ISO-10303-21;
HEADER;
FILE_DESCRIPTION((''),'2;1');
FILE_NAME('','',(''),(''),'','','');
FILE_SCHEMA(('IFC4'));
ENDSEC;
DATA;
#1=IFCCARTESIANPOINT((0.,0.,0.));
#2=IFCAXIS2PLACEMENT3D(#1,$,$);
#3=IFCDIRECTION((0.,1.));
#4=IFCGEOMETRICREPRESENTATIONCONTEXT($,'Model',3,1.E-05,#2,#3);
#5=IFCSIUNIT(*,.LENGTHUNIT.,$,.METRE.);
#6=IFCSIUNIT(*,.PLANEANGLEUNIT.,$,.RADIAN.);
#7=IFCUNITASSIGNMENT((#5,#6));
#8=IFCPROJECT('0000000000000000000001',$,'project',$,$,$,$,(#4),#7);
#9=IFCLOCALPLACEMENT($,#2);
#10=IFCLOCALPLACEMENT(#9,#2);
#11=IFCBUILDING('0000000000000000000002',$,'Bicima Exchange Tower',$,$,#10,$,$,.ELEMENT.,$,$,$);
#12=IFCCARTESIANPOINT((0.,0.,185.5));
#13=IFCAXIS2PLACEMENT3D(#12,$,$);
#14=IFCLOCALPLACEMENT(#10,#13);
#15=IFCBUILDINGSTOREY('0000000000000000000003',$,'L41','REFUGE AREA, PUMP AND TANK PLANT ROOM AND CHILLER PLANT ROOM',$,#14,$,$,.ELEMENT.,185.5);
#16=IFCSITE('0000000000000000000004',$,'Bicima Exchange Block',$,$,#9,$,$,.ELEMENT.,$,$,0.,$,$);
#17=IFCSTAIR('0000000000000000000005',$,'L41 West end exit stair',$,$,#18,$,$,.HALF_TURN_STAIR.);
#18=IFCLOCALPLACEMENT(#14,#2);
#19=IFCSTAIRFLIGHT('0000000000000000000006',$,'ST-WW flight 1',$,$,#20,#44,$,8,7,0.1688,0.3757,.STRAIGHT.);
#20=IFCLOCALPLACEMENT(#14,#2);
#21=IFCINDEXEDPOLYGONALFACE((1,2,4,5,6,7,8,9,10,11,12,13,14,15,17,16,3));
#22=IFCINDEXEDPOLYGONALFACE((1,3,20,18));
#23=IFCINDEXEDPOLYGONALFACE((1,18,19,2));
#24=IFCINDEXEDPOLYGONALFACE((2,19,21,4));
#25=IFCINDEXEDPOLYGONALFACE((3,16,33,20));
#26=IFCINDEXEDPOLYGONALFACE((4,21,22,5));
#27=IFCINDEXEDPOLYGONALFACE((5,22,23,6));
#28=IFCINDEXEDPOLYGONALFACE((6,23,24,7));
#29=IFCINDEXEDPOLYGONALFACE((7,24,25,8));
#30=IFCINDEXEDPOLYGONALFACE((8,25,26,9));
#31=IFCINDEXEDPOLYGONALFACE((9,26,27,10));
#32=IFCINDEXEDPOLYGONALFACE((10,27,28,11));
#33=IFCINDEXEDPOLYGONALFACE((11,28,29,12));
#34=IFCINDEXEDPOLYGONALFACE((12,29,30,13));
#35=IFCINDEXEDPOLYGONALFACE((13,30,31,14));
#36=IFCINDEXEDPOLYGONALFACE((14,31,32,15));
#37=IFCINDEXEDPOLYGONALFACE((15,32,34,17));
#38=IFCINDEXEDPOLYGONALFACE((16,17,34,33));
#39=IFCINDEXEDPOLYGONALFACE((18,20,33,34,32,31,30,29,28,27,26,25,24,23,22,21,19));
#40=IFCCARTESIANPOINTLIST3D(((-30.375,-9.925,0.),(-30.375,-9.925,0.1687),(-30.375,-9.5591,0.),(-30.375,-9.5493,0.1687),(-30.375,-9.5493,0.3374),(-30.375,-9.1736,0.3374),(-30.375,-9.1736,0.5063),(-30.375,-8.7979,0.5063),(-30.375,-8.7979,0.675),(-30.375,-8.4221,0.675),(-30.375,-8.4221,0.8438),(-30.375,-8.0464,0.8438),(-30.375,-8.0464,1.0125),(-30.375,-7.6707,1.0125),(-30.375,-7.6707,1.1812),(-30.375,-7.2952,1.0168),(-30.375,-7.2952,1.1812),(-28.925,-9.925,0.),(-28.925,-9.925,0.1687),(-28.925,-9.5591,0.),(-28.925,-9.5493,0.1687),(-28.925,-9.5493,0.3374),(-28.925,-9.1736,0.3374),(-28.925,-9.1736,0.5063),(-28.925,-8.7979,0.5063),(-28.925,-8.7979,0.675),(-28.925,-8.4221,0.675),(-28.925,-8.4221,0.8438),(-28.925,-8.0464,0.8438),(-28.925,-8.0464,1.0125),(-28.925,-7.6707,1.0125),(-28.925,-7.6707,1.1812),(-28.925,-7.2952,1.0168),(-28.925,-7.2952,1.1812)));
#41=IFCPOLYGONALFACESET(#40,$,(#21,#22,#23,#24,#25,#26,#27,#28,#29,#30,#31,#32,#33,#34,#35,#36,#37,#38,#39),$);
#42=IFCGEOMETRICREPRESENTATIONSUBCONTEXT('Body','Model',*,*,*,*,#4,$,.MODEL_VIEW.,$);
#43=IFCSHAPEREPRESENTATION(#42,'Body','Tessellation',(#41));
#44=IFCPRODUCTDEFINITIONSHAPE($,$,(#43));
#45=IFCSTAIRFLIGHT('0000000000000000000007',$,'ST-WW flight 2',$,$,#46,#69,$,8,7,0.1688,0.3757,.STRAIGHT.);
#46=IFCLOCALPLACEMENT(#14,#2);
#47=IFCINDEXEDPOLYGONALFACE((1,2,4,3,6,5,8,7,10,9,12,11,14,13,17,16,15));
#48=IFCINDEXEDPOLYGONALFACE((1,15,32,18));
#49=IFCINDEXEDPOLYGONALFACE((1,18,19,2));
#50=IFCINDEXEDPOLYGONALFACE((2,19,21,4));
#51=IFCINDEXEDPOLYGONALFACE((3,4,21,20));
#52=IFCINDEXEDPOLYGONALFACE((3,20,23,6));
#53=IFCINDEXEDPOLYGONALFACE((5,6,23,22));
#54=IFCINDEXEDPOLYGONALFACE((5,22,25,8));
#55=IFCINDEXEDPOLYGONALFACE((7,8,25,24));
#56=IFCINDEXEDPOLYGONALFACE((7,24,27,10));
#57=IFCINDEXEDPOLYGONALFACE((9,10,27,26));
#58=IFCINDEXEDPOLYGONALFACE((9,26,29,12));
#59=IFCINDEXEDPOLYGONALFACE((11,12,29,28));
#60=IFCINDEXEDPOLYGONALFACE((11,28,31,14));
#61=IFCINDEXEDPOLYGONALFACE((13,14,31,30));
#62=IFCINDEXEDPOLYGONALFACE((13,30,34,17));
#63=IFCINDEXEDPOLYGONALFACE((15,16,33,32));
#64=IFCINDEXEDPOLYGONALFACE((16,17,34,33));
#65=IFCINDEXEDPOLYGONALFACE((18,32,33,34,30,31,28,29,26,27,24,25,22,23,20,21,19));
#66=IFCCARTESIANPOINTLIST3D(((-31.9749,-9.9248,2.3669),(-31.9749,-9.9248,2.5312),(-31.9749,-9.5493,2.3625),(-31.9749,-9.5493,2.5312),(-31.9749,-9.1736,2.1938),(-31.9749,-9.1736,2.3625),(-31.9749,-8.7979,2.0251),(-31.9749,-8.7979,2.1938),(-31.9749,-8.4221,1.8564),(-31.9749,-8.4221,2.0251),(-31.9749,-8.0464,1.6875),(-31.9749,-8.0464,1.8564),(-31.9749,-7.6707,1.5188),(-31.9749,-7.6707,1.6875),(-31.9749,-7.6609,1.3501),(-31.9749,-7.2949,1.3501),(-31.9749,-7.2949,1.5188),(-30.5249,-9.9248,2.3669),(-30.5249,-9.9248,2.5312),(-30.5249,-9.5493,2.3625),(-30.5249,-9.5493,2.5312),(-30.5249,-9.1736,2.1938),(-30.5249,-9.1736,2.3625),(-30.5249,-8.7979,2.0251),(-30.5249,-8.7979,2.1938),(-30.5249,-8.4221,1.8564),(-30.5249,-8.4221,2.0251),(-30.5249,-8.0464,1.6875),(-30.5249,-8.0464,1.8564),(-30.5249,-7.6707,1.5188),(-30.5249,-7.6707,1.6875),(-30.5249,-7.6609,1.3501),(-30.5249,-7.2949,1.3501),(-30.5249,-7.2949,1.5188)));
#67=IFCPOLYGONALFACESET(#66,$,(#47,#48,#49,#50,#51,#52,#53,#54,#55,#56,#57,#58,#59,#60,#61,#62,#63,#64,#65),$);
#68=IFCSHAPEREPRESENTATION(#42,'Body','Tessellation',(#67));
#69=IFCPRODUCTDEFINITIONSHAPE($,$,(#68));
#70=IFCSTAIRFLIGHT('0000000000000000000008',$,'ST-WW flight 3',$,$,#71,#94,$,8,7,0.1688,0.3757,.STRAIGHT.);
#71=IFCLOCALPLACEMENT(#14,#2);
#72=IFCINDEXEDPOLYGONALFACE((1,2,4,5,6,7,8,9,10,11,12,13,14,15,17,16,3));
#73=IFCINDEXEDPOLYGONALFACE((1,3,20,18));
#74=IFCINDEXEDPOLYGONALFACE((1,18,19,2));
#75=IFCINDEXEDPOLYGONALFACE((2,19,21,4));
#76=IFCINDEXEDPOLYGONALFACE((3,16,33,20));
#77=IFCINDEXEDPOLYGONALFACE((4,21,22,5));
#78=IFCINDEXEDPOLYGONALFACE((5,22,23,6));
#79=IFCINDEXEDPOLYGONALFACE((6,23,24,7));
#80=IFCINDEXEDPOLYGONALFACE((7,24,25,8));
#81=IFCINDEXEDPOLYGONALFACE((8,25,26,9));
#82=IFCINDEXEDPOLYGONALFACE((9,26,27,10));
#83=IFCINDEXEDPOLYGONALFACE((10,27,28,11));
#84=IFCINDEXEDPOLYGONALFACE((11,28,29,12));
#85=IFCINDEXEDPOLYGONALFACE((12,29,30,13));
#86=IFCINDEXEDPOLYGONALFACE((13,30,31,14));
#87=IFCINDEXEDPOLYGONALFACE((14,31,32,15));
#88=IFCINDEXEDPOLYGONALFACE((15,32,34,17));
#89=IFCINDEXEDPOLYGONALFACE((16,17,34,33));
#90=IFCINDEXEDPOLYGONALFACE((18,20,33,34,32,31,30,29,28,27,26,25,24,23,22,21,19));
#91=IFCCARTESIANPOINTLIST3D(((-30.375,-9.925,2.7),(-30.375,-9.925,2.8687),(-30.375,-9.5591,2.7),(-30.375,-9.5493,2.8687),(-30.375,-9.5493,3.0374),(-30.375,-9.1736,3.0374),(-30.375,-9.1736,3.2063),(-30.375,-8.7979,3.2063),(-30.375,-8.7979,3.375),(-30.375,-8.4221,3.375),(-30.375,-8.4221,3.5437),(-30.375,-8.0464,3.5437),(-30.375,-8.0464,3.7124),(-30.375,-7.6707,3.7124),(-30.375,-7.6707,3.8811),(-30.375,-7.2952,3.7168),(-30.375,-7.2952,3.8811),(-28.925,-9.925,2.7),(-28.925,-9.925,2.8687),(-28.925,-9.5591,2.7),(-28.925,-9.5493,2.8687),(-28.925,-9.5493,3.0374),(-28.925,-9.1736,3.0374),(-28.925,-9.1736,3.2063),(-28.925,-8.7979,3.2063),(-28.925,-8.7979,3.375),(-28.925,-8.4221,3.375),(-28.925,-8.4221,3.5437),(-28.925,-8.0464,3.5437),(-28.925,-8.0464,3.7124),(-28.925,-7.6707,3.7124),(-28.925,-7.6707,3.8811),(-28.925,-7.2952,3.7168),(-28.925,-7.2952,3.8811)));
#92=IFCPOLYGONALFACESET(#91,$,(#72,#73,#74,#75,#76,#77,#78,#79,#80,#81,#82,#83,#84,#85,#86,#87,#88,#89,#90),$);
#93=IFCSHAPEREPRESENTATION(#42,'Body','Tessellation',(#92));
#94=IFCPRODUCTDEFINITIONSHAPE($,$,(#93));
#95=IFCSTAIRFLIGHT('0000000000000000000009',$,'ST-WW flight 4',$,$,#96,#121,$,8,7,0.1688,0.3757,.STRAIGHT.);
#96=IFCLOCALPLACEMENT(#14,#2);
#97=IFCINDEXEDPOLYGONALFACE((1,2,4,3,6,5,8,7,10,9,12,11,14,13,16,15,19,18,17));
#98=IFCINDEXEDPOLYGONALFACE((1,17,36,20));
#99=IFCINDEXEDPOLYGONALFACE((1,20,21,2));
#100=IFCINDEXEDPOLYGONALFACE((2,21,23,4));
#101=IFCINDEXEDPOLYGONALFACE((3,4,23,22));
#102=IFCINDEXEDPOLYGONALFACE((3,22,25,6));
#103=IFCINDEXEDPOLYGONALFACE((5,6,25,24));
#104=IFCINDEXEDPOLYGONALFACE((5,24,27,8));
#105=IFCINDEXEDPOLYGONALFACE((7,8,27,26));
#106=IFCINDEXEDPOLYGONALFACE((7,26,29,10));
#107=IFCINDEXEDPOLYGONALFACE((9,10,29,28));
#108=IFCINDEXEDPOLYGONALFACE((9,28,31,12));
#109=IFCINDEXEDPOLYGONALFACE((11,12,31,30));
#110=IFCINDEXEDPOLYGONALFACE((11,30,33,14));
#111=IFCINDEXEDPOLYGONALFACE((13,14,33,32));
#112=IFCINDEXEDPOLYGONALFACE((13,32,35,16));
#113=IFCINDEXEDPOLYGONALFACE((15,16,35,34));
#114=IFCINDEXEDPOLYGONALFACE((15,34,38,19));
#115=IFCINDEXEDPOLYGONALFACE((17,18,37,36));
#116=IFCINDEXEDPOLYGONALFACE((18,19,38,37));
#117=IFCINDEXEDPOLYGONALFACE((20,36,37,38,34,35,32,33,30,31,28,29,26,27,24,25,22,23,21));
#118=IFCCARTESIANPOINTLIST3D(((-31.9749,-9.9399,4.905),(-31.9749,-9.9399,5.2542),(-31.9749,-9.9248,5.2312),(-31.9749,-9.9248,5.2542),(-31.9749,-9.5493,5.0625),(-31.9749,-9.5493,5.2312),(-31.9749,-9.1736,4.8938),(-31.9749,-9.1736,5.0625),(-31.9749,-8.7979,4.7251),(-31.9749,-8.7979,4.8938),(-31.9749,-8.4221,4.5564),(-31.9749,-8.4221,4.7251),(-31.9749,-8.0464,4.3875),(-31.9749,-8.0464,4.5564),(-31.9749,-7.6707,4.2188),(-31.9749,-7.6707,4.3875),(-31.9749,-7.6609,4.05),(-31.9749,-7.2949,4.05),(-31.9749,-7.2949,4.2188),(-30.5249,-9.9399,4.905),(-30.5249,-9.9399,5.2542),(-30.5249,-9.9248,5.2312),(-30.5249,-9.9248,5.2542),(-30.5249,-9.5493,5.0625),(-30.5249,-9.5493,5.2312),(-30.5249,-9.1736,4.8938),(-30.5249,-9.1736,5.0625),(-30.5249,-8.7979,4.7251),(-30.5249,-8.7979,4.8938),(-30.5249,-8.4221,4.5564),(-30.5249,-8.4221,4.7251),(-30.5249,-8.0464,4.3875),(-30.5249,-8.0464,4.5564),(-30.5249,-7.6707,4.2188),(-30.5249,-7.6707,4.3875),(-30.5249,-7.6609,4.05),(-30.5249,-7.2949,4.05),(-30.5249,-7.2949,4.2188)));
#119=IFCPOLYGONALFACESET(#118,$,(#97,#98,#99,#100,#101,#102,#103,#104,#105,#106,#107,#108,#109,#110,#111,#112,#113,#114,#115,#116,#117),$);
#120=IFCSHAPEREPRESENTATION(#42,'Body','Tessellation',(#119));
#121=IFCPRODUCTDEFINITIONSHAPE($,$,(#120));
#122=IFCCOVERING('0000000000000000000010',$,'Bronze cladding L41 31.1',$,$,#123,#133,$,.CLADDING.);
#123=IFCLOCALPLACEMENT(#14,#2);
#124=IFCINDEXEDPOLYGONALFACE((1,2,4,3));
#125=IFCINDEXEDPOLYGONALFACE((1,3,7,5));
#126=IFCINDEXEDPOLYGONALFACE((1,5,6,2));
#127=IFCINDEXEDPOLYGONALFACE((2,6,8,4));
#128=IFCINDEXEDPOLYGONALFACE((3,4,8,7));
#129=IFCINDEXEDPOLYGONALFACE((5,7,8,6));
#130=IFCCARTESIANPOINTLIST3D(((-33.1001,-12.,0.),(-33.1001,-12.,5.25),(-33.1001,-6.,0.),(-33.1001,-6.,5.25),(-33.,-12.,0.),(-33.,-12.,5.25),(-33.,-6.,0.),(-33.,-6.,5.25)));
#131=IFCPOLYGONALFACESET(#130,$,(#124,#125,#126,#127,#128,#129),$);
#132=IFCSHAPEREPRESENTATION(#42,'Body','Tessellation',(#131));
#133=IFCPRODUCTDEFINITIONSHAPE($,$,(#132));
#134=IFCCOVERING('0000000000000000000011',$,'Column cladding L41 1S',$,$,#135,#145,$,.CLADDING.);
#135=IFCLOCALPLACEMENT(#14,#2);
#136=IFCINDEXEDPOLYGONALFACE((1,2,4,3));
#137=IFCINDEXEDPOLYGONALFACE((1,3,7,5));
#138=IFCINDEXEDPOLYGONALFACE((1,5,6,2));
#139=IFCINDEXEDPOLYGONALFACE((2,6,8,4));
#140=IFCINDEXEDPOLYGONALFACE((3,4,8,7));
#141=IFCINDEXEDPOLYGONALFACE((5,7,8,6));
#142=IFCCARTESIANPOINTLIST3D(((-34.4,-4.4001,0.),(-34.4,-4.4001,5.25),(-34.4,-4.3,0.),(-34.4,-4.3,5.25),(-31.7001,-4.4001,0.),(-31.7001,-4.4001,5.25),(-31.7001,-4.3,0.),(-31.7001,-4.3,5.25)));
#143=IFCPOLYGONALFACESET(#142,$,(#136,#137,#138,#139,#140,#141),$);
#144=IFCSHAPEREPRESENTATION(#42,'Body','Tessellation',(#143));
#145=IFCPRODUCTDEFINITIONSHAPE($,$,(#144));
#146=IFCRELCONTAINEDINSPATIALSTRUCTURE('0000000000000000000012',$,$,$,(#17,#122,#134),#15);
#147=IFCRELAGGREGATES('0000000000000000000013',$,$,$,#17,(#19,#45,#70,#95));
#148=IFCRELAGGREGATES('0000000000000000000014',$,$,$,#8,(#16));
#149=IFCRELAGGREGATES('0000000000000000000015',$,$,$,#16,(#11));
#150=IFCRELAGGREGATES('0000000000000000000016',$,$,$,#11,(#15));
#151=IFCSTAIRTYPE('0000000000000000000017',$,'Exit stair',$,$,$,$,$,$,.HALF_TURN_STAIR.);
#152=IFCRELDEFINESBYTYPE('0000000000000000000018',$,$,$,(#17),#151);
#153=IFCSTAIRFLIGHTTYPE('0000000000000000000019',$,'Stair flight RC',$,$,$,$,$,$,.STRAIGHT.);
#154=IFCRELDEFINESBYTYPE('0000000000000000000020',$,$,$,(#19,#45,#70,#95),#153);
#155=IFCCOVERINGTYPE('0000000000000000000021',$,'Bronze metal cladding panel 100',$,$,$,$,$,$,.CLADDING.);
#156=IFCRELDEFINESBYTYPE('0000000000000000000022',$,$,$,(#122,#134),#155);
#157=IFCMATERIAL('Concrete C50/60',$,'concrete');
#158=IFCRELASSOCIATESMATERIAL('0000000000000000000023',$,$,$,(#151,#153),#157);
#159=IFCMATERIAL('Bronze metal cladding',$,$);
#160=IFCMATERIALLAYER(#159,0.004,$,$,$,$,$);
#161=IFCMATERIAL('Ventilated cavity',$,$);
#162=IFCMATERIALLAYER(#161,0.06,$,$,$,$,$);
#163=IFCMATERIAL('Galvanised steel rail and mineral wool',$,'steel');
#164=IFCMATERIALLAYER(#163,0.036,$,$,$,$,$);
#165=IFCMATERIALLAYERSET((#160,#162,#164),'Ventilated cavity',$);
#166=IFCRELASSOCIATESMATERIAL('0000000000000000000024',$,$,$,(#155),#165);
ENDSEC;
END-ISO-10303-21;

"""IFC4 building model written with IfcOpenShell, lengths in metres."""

from ifc_helpers import new_model, si_unit, direction, frame, origin, origin_2d, place, context, subcontext, project, spatial, polyline, rectangle, outline, extrude, material, layer, layer_set, type_object, element, aggregate, save


model = new_model("IFC4")

# Units and contexts
model_context = context("Model", 3, precision=1e-05, world=origin(), true_north=direction((0.0, 1.0)))
body_context = subcontext(model_context, "Body", "Model", "MODEL_VIEW")
ifc_project = project(units=[si_unit("LENGTHUNIT", "METRE"), si_unit("PLANEANGLEUNIT", "RADIAN")], contexts=[model_context])

# Site, building, storey
site_placement = place(None, origin())
site = spatial("IfcSite", under=ifc_project, at=site_placement, Name="Bicima Exchange Block", CompositionType="ELEMENT", RefElevation=0.0)
building_placement = place(site_placement, origin())
building = spatial("IfcBuilding", under=site, at=building_placement, Name="Bicima Exchange Tower", CompositionType="ELEMENT")
storey_placement = place(building_placement, frame((0.0, 0.0, 185.5)))
storey = spatial("IfcBuildingStorey", under=building, at=storey_placement, Name="L41", Description="REFUGE AREA, PUMP AND TANK PLANT ROOM AND CHILLER PLANT ROOM", CompositionType="ELEMENT", Elevation=185.5)

# Shared definitions
ifc_material_1 = material(Name="Concrete C50/60", Category="concrete")

# Stair, stair flights
stair_type = type_object("IfcStairType", Name="Exit stair", PredefinedType="HALF_TURN_STAIR", material=ifc_material_1)
stair_placement = place(storey_placement, origin())
stair = element("IfcStair", 1, at=stair_placement, inside=storey, type_object=stair_type, Name="L41 West end exit stair", PredefinedType="HALF_TURN_STAIR")
stair_flight_type = type_object("IfcStairFlightType", Name="Stair flight RC", PredefinedType="STRAIGHT", material=ifc_material_1)
stair_flight_1_placement = place(storey_placement, frame((-29.6499, -9.925, 0.0), z_axis=(0.0, 0.0, 1.0), x_axis=(0.0, 1.0, 0.0)))
stair_flight_1 = element("IfcStairFlight", 2, at=stair_flight_1_placement, type_object=stair_flight_type, Name="ST-WW flight 1", NumberOfRisers=8, NumberOfTreads=7, PredefinedType="STRAIGHT", RiserHeight=0.1688, TreadLength=0.3757, context=body_context, shape_type="SweptSolid", body=[
    extrude(outline(polyline([(0.0, 0.0), (0.0, 0.1687), (0.3757, 0.1687), (0.3757, 0.3374), (0.7515, 0.3374), (0.7515, 0.5063), (1.1272, 0.5063), (1.1272, 0.675), (1.5029, 0.675), (1.5029, 0.8438), (1.8787, 0.8438), (1.8787, 1.0125), (2.2544, 1.0125), (2.2544, 1.1812), (2.6299, 1.1812), (2.6299, 1.3501), (2.6299, 1.0168), (0.366, 0.0), (0.0, 0.0)])), frame((0.0, 0.7251, 0.0), z_axis=(0.0, -1.0, 0.0), x_axis=(1.0, 0.0, 0.0)), (0.0, 0.0, 1.0), 1.45),
])
stair_flight_2_placement = place(storey_placement, frame((-31.25, -7.2949, 1.3501), z_axis=(0.0, 0.0, 1.0), x_axis=(0.0, -1.0, 0.0)))
stair_flight_2 = element("IfcStairFlight", 3, at=stair_flight_2_placement, type_object=stair_flight_type, Name="ST-WW flight 2", NumberOfRisers=8, NumberOfTreads=7, PredefinedType="STRAIGHT", RiserHeight=0.1688, TreadLength=0.3757, context=body_context, shape_type="SweptSolid", body=[
    extrude(outline(polyline([(0.0, 0.0), (0.0, 0.1687), (0.3757, 0.1687), (0.3757, 0.3374), (0.7515, 0.3374), (0.7515, 0.5063), (1.1272, 0.5063), (1.1272, 0.675), (1.5029, 0.675), (1.5029, 0.8438), (1.8787, 0.8438), (1.8787, 1.0125), (2.2544, 1.0125), (2.2544, 1.1812), (2.6299, 1.1812), (2.6299, 1.3501), (2.6299, 1.0168), (0.366, 0.0), (0.0, 0.0)])), frame((0.0, 0.7251, 0.0), z_axis=(0.0, -1.0, 0.0), x_axis=(1.0, 0.0, 0.0)), (0.0, 0.0, 1.0), 1.45),
])
stair_flight_3_placement = place(storey_placement, frame((-29.6499, -9.925, 2.7), z_axis=(0.0, 0.0, 1.0), x_axis=(0.0, 1.0, 0.0)))
stair_flight_3 = element("IfcStairFlight", 4, at=stair_flight_3_placement, type_object=stair_flight_type, Name="ST-WW flight 3", NumberOfRisers=8, NumberOfTreads=7, PredefinedType="STRAIGHT", RiserHeight=0.1688, TreadLength=0.3757, context=body_context, shape_type="SweptSolid", body=[
    extrude(outline(polyline([(0.0, 0.0), (0.0, 0.1687), (0.3757, 0.1687), (0.3757, 0.3374), (0.7515, 0.3374), (0.7515, 0.5063), (1.1272, 0.5063), (1.1272, 0.675), (1.5029, 0.675), (1.5029, 0.8438), (1.8787, 0.8438), (1.8787, 1.0125), (2.2544, 1.0125), (2.2544, 1.1812), (2.6299, 1.1812), (2.6299, 1.3501), (2.6299, 1.0168), (0.366, 0.0), (0.0, 0.0)])), frame((0.0, 0.7251, 0.0), z_axis=(0.0, -1.0, 0.0), x_axis=(1.0, 0.0, 0.0)), (0.0, 0.0, 1.0), 1.45),
])
stair_flight_4_placement = place(storey_placement, frame((-31.25, -7.2949, 4.05), z_axis=(0.0, 0.0, 1.0), x_axis=(0.0, -1.0, 0.0)))
stair_flight_4 = element("IfcStairFlight", 5, at=stair_flight_4_placement, type_object=stair_flight_type, Name="ST-WW flight 4", NumberOfRisers=8, NumberOfTreads=7, PredefinedType="STRAIGHT", RiserHeight=0.1688, TreadLength=0.3757, context=body_context, shape_type="SweptSolid", body=[
    extrude(outline(polyline([(0.0, 0.0), (0.0, 0.1687), (0.3757, 0.1687), (0.3757, 0.3374), (0.7515, 0.3374), (0.7515, 0.5063), (1.1272, 0.5063), (1.1272, 0.675), (1.5029, 0.675), (1.5029, 0.8438), (1.8787, 0.8438), (1.8787, 1.0125), (2.2544, 1.0125), (2.2544, 1.1812), (2.6299, 1.1812), (2.6299, 1.2041), (2.645, 1.2041), (2.645, 0.855), (0.366, 0.0), (0.0, 0.0)])), frame((0.0, 0.7251, 0.0), z_axis=(0.0, -1.0, 0.0), x_axis=(1.0, 0.0, 0.0)), (0.0, 0.0, 1.0), 1.45),
])
aggregate(stair, [stair_flight_1, stair_flight_2, stair_flight_3, stair_flight_4])

# Coverings
ifc_material_2 = material(Name="Bronze metal cladding")
ifc_layer_1 = layer(ifc_material_2, 0.004)
ifc_material_3 = material(Name="Ventilated cavity")
ifc_layer_2 = layer(ifc_material_3, 0.06)
ifc_material_4 = material(Name="Galvanised steel rail and mineral wool", Category="steel")
ifc_layer_3 = layer(ifc_material_4, 0.036)
ifc_layer_set_1 = layer_set([ifc_layer_1, ifc_layer_2, ifc_layer_3], Name="Ventilated cavity")
covering_type = type_object("IfcCoveringType", Name="Bronze metal cladding panel 100", PredefinedType="CLADDING", material=ifc_layer_set_1)
covering_1_placement = place(storey_placement, frame((-33.05, -9.0, 0.0), z_axis=(0.0, 0.0, 1.0), x_axis=(0.0, -1.0, 0.0)))
element("IfcCovering", 6, at=covering_1_placement, inside=storey, type_object=covering_type, Name="Bronze cladding L41 31.1", PredefinedType="CLADDING", context=body_context, shape_type="SweptSolid", body=[
    extrude(rectangle(XDim=6.0, YDim=0.1001, at=origin_2d()), origin(), (0.0, 0.0, 1.0), 5.25),
])
covering_2_placement = place(storey_placement, frame((-33.05, -4.3501, 0.0), z_axis=(0.0, 0.0, 1.0), x_axis=(1.0, 0.0, 0.0)))
element("IfcCovering", 7, at=covering_2_placement, inside=storey, type_object=covering_type, Name="Column cladding L41 1S", PredefinedType="CLADDING", context=body_context, shape_type="SweptSolid", body=[
    extrude(rectangle(XDim=2.7, YDim=0.1001, at=origin_2d()), origin(), (0.0, 0.0, 1.0), 5.25),
])

save(model, "model.ifc")
